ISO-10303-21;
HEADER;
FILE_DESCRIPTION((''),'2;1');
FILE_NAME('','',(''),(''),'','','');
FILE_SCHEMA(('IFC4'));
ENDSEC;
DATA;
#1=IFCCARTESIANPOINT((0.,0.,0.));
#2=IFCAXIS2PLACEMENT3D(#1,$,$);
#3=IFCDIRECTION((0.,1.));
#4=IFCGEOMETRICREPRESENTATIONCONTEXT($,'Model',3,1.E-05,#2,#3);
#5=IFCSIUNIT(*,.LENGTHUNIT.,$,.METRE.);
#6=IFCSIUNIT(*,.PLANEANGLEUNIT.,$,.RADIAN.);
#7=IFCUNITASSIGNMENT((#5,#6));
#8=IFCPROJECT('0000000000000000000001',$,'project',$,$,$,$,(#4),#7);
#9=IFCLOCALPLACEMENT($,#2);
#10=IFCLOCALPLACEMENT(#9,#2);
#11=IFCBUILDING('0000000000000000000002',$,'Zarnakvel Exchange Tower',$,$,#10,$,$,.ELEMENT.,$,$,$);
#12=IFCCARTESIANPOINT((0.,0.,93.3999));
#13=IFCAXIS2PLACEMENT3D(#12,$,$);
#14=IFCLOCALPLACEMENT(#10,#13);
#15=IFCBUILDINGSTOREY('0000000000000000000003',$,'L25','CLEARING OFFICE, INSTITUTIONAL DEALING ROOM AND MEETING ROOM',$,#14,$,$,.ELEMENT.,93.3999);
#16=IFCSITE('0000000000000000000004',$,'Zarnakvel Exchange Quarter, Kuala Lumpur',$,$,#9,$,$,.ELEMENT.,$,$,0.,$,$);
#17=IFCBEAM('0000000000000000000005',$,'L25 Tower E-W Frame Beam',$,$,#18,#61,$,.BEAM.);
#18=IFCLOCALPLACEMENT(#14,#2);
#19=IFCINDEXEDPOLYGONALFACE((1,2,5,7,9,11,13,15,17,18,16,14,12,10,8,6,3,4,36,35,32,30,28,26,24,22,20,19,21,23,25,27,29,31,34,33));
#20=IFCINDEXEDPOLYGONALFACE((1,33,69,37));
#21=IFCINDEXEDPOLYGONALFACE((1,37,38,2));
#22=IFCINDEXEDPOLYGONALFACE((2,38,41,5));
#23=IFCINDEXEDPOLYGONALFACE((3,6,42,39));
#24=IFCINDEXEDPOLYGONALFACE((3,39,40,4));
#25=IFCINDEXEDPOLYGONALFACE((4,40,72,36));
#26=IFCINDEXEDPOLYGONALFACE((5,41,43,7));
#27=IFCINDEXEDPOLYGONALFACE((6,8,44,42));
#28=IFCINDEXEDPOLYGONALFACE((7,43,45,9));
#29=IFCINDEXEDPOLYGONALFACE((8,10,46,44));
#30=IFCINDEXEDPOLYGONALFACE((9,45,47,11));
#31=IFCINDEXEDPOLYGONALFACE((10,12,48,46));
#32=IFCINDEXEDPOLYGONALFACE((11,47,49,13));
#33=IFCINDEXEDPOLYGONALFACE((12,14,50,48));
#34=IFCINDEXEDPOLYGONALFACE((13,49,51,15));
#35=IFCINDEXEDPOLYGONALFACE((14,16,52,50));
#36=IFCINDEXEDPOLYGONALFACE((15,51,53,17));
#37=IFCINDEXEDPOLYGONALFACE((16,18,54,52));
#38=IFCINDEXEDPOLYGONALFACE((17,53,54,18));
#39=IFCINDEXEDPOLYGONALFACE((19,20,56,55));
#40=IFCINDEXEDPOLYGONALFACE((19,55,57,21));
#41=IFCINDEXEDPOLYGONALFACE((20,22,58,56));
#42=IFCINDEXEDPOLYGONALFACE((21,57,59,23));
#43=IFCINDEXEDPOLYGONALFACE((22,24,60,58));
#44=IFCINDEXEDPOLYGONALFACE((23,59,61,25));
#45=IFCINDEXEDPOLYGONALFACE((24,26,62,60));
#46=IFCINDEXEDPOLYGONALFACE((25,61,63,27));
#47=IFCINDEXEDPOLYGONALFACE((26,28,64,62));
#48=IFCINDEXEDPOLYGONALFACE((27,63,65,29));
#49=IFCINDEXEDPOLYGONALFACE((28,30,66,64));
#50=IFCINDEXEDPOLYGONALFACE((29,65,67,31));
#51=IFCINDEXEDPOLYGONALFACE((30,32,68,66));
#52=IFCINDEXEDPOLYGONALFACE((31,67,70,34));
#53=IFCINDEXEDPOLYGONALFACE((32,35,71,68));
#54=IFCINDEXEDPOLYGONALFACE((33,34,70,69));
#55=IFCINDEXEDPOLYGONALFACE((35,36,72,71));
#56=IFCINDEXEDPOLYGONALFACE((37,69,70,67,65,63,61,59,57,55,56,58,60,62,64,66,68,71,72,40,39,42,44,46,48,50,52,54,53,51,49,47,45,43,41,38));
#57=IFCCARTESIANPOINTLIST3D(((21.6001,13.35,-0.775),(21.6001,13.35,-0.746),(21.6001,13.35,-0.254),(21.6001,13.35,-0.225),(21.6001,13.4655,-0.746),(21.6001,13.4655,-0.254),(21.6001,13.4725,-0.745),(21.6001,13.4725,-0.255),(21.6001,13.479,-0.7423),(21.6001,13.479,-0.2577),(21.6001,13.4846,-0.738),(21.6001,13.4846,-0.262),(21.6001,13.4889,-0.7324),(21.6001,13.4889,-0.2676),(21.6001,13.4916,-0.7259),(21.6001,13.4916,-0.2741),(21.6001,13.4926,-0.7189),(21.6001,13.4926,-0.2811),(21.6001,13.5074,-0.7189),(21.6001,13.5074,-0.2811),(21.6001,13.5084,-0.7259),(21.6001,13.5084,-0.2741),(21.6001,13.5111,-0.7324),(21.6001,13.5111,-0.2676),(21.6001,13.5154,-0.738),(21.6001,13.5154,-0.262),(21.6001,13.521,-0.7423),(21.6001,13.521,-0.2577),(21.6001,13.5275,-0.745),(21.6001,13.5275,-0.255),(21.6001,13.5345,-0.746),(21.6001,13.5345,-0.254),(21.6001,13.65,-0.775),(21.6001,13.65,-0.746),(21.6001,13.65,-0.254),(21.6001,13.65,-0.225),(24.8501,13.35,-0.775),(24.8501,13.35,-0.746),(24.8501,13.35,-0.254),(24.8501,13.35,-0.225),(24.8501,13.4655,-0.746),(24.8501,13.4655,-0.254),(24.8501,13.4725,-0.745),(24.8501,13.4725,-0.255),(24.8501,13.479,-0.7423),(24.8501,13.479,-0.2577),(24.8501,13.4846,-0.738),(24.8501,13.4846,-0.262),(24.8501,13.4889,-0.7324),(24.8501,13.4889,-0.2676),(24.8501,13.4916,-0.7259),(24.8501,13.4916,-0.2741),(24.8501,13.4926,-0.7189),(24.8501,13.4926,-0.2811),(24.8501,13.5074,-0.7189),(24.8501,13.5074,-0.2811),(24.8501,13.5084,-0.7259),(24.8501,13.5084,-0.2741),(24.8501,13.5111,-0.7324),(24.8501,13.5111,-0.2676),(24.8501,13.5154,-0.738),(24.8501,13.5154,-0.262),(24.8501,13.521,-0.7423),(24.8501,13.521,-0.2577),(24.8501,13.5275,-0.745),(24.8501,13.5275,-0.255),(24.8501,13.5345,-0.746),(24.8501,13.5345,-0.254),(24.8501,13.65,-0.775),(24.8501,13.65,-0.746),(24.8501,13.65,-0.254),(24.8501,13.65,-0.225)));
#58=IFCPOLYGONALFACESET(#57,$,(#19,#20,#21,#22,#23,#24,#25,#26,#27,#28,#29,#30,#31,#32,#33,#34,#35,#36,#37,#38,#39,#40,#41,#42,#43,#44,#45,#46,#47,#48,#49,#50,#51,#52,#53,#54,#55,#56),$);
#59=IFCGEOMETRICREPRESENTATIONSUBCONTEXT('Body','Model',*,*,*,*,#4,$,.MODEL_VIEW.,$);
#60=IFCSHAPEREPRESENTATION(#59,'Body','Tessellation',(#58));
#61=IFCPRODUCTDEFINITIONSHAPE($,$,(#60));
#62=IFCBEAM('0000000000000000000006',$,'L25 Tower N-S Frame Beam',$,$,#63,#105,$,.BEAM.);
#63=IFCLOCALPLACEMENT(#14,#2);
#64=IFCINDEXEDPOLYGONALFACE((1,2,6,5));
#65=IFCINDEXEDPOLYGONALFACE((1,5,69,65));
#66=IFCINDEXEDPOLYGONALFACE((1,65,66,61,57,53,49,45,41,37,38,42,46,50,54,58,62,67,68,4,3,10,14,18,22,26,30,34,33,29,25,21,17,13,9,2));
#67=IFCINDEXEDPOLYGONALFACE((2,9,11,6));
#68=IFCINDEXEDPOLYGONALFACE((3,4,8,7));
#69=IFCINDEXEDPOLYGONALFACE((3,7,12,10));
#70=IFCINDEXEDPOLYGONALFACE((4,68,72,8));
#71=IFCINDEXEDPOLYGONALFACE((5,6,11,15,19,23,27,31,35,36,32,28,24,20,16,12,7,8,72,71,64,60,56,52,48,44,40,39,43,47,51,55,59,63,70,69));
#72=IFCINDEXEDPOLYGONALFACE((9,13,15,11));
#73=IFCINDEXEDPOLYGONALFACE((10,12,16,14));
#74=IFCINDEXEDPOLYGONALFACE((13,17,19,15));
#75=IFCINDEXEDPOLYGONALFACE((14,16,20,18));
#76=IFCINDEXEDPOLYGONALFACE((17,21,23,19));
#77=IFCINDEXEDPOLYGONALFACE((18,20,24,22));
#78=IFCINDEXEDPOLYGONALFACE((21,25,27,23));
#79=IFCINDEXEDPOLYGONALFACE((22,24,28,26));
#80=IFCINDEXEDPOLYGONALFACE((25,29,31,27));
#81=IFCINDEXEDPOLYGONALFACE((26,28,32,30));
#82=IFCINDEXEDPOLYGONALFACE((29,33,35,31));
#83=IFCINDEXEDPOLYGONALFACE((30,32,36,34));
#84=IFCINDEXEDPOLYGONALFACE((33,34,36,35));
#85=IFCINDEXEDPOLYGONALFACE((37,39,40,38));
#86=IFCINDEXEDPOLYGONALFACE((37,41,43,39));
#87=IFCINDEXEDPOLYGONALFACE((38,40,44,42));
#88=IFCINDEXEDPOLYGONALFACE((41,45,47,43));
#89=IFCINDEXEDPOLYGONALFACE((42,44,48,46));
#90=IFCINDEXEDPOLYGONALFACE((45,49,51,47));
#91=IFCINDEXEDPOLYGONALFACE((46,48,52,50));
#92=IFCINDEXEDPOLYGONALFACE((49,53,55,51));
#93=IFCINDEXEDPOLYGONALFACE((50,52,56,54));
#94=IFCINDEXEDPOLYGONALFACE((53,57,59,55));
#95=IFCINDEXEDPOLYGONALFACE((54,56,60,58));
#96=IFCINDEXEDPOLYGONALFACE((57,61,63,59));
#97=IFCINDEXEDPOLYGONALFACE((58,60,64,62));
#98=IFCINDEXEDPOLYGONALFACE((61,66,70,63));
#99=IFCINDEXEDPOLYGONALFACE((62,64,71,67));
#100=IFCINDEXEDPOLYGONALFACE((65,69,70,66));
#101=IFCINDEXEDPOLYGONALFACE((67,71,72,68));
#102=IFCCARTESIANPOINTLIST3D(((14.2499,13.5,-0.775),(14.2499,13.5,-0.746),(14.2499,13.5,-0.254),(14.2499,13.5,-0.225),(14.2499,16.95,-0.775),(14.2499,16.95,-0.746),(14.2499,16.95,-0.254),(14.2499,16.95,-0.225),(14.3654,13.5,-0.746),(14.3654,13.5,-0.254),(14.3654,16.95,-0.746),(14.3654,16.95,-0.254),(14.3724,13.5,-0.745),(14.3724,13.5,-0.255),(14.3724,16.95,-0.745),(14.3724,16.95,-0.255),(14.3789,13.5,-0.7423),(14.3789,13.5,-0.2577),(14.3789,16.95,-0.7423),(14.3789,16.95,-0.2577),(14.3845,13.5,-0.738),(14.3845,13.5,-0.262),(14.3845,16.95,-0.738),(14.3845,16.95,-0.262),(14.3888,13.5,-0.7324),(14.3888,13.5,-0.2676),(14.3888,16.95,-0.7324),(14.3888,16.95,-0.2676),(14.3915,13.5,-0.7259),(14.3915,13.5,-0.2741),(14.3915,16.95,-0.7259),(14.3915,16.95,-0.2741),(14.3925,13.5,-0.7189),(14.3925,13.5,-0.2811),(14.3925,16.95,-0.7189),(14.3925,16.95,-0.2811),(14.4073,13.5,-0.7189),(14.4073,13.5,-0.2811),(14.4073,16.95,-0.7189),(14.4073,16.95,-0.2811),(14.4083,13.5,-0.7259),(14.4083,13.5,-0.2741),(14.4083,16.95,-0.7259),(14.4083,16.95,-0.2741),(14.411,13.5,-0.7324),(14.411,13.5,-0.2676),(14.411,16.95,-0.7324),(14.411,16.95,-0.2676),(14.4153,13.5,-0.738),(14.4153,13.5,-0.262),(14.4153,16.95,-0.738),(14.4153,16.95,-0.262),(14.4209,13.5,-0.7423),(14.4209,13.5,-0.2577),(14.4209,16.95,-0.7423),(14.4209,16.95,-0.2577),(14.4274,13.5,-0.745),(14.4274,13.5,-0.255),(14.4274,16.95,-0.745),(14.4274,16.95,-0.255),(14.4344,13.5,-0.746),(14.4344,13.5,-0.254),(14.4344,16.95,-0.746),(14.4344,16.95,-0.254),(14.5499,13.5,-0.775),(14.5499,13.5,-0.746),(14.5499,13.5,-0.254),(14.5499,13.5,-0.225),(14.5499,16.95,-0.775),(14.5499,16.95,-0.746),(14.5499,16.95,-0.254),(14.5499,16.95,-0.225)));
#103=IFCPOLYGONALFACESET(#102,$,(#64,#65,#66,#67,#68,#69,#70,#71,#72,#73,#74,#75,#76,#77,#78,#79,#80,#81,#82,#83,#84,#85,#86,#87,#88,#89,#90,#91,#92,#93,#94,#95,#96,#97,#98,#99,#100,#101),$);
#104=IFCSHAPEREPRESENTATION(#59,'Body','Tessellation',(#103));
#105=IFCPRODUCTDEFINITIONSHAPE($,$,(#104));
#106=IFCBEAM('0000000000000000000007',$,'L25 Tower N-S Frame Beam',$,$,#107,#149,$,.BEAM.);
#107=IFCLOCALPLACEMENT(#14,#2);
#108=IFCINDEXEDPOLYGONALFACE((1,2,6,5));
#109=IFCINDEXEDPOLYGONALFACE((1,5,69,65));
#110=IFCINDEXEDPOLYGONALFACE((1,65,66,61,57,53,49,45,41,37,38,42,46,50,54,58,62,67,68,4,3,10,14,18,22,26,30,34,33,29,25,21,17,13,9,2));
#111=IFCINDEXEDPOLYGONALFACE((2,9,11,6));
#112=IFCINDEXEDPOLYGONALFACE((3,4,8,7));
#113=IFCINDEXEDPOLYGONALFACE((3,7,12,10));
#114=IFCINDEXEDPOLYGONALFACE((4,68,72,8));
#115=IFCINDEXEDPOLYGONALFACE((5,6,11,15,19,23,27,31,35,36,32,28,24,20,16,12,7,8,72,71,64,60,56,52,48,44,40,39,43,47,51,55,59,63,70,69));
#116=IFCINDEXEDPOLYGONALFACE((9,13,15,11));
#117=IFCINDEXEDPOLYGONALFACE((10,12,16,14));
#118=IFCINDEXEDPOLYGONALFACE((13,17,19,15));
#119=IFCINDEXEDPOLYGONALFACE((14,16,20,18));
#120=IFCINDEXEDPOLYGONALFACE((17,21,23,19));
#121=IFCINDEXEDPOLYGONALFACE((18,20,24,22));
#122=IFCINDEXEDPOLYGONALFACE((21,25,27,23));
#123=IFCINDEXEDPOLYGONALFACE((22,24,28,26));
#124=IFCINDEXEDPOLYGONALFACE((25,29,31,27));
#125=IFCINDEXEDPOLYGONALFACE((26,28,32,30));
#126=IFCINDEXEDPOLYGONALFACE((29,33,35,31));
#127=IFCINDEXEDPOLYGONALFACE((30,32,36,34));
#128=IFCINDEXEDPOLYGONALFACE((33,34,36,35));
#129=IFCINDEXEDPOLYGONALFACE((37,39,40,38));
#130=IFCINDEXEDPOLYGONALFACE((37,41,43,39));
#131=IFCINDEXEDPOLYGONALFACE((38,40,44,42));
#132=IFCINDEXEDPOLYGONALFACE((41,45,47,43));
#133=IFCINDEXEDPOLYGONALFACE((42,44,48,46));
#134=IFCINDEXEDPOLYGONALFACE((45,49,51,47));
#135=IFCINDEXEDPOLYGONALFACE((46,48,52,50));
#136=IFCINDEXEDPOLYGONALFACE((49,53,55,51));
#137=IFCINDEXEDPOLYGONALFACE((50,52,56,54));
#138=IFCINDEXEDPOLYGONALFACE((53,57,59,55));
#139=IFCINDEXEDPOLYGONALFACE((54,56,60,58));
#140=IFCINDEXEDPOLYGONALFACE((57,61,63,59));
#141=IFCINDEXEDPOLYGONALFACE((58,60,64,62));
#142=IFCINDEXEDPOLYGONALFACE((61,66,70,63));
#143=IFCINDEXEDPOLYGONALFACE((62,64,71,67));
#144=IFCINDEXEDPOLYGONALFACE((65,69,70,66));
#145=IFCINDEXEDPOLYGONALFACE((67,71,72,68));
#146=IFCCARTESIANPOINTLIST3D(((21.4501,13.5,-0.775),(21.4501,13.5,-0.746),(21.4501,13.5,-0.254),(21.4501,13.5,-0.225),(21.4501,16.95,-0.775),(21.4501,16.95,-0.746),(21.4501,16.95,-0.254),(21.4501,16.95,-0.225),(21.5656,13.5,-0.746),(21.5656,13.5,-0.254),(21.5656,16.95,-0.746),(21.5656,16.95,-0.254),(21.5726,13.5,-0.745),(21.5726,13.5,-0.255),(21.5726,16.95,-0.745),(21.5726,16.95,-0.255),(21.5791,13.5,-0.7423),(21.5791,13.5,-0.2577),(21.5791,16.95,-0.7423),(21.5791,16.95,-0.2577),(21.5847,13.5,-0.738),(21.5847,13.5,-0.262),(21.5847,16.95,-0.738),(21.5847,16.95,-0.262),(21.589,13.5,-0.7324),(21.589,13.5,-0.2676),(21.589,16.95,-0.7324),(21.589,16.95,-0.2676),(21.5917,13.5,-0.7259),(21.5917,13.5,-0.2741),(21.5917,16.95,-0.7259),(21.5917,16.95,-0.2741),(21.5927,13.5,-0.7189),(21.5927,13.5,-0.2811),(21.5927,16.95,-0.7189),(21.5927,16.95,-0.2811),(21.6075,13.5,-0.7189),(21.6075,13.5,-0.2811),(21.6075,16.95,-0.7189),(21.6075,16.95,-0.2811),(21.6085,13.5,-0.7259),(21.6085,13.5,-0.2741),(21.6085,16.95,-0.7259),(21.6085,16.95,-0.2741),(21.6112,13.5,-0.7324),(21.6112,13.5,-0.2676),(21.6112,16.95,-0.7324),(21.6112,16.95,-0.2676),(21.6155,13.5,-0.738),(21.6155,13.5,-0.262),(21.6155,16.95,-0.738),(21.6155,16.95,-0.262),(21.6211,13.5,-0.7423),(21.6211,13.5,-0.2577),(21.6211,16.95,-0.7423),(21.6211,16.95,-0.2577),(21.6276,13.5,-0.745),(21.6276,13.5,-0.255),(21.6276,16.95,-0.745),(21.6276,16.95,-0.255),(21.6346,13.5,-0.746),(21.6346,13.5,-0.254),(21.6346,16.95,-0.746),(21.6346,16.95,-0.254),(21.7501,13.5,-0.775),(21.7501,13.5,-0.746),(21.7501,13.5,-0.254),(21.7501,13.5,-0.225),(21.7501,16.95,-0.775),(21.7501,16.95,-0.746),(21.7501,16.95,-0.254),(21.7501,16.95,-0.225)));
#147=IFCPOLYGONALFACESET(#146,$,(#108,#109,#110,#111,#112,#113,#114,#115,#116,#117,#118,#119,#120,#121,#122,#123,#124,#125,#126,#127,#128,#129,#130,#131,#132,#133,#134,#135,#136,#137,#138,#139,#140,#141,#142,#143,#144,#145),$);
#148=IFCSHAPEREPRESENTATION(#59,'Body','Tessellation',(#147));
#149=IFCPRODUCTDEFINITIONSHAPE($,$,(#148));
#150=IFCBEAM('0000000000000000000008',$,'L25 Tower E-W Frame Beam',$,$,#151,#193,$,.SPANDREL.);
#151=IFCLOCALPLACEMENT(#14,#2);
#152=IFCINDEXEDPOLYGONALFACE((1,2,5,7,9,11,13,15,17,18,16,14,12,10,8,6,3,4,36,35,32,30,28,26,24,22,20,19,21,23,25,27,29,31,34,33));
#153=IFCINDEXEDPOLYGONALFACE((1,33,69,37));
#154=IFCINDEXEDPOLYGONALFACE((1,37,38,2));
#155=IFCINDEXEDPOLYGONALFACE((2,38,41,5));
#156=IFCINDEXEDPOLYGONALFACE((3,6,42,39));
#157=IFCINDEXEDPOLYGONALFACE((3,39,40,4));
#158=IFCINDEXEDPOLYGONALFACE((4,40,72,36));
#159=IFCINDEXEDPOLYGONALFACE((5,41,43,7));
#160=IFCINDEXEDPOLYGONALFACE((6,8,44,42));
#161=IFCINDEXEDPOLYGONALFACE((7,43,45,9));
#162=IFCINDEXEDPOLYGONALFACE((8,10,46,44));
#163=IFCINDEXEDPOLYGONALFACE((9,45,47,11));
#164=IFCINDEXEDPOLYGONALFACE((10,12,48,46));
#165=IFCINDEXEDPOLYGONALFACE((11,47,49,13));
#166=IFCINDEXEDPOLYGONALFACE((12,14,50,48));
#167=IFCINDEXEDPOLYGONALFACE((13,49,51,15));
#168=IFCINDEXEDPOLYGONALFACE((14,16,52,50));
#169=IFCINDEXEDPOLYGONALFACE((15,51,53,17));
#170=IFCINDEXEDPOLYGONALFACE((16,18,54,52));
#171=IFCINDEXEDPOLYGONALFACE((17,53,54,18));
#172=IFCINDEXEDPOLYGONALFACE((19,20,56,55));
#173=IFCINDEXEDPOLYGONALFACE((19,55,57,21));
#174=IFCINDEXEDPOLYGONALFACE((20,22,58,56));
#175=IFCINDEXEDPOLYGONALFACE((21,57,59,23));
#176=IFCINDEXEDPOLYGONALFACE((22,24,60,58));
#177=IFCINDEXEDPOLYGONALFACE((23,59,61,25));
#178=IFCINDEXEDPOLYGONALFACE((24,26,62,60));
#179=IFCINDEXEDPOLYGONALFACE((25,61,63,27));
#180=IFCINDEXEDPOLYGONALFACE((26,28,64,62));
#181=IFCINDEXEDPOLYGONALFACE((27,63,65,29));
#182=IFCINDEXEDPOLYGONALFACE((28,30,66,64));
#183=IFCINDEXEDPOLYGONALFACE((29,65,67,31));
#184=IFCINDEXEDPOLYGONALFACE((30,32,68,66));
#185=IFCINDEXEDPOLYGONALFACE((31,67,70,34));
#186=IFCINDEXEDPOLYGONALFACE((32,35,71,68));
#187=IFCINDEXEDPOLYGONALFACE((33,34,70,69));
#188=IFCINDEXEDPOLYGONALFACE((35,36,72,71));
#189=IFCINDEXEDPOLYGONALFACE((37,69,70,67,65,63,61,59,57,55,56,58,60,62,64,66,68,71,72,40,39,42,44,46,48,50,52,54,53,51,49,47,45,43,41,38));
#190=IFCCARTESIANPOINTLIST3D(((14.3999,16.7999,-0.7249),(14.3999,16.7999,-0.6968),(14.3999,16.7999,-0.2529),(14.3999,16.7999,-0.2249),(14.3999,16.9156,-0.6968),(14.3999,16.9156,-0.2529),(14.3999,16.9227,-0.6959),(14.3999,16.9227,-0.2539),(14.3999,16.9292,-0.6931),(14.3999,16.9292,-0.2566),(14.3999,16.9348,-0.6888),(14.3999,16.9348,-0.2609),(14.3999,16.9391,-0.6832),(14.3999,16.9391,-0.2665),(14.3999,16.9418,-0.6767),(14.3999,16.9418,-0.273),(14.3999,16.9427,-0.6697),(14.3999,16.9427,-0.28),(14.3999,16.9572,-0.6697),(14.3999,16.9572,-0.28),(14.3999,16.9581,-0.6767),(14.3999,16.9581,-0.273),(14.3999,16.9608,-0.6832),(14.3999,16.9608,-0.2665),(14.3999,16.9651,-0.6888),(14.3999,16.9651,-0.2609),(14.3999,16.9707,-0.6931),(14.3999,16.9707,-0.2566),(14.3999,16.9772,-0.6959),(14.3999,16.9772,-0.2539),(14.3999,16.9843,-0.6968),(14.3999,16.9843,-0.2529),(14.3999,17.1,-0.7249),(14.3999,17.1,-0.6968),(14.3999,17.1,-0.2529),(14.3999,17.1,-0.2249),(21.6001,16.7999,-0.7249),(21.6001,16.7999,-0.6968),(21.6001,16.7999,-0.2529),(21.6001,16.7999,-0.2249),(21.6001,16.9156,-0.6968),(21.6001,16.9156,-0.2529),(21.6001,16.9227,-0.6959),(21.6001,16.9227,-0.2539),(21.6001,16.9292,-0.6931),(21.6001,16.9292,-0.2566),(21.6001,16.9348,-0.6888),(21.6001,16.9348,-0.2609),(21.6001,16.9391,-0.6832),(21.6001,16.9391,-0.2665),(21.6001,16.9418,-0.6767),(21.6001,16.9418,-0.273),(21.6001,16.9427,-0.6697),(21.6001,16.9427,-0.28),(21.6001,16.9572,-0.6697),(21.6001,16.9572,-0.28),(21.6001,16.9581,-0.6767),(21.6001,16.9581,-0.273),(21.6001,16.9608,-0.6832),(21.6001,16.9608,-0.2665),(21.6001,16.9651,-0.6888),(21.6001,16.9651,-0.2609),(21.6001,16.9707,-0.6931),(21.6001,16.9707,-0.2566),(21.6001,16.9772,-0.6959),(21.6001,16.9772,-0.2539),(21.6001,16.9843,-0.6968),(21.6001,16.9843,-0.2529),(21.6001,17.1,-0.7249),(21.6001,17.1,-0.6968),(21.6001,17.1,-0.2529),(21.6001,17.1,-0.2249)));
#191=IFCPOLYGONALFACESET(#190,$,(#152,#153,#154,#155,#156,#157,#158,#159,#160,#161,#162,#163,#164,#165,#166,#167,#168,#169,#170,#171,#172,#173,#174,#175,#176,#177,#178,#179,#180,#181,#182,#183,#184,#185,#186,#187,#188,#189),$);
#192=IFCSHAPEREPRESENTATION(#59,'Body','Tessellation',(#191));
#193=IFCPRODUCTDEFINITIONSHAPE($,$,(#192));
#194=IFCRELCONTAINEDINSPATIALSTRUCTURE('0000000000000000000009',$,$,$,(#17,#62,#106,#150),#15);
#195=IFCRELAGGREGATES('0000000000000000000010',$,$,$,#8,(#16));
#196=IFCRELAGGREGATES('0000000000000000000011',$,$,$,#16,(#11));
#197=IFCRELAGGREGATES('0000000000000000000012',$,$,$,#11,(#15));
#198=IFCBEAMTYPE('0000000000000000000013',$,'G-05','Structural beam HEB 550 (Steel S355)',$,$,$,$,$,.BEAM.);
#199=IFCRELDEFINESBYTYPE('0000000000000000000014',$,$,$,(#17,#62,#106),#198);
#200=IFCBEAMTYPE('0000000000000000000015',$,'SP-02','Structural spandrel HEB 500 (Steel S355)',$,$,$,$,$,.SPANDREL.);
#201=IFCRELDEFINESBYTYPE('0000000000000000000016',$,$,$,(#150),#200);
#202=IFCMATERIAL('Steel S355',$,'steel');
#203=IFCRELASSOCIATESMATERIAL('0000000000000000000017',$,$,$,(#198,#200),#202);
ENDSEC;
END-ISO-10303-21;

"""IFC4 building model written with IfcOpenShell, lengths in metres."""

from ifc_helpers import new_model, si_unit, direction, frame, origin, origin_2d, place, context, subcontext, project, spatial, i_section, extrude, material, material_profile, profile_set, type_object, element, save


model = new_model("IFC4")

# Units and contexts
model_context = context("Model", 3, precision=1e-05, world=origin(), true_north=direction((0.0, 1.0)))
body_context = subcontext(model_context, "Body", "Model", "MODEL_VIEW")
ifc_project = project(units=[si_unit("LENGTHUNIT", "METRE"), si_unit("PLANEANGLEUNIT", "RADIAN")], contexts=[model_context])

# Site, building, storey
site_placement = place(None, origin())
site = spatial("IfcSite", under=ifc_project, at=site_placement, Name="Zarnakvel Exchange Quarter, Kuala Lumpur", CompositionType="ELEMENT", RefElevation=0.0)
building_placement = place(site_placement, origin())
building = spatial("IfcBuilding", under=site, at=building_placement, Name="Zarnakvel Exchange Tower", CompositionType="ELEMENT")
storey_placement = place(building_placement, frame((0.0, 0.0, 93.3999)))
storey = spatial("IfcBuildingStorey", under=building, at=storey_placement, Name="L25", Description="CLEARING OFFICE, INSTITUTIONAL DEALING ROOM AND MEETING ROOM", CompositionType="ELEMENT", Elevation=93.3999)

# Shared definitions
ifc_material_1 = material(Name="Steel S355", Category="steel")

# Beams
ifc_material_profile_1 = material_profile(ifc_material_1, i_section(OverallWidth=0.3, OverallDepth=0.55, WebThickness=0.0149, FlangeThickness=0.0291, FilletRadius=0.0271, at=origin_2d()))
ifc_profile_set_1 = profile_set([ifc_material_profile_1], Name="Steel S355")
beam_type_1 = type_object("IfcBeamType", Name="G-05", Description="Structural beam HEB 550 (Steel S355)", PredefinedType="BEAM", material=ifc_profile_set_1)
beam_1_placement = place(storey_placement, frame((21.6001, 13.5, -0.5), z_axis=(1.0, 0.0, 0.0), x_axis=(0.0, 1.0, 0.0)))
element("IfcBeam", 1, at=beam_1_placement, inside=storey, type_object=beam_type_1, Name="L25 Tower E-W Frame Beam", PredefinedType="BEAM", context=body_context, shape_type="SweptSolid", body=[
    extrude(i_section(OverallWidth=0.3, OverallDepth=0.55, WebThickness=0.0149, FlangeThickness=0.0291, FilletRadius=0.0271, at=origin_2d()), origin(), (0.0, 0.0, 1.0), 3.25),
])
for number, where, z_axis, x_axis, name in (
    (2, (14.3999, 13.5, -0.5), (0.0, 1.0, 0.0), (-1.0, 0.0, 0.0), "L25 Tower N-S Frame Beam"),
    (3, (21.6001, 13.5, -0.5), (0.0, 1.0, 0.0), (-1.0, 0.0, 0.0), "L25 Tower N-S Frame Beam"),
):
    element("IfcBeam", number, at=place(storey_placement, frame(where, z_axis=z_axis, x_axis=x_axis)), inside=storey, type_object=beam_type_1, Name=name, PredefinedType="BEAM", context=body_context, shape_type="SweptSolid", body=[
        extrude(i_section(OverallWidth=0.3, OverallDepth=0.55, WebThickness=0.0149, FlangeThickness=0.0291, FilletRadius=0.0271, at=origin_2d()), origin(), (0.0, 0.0, 1.0), 3.45),
    ])
ifc_material_profile_2 = material_profile(ifc_material_1, i_section(OverallWidth=0.3, OverallDepth=0.5, WebThickness=0.0144, FlangeThickness=0.0281, FilletRadius=0.0271, at=origin_2d()))
ifc_profile_set_2 = profile_set([ifc_material_profile_2], Name="Steel S355")
beam_type_2 = type_object("IfcBeamType", Name="SP-02", Description="Structural spandrel HEB 500 (Steel S355)", PredefinedType="SPANDREL", material=ifc_profile_set_2)
beam_2_placement = place(storey_placement, frame((14.3999, 16.95, -0.4749), z_axis=(1.0, 0.0, 0.0), x_axis=(0.0, 1.0, 0.0)))
element("IfcBeam", 4, at=beam_2_placement, inside=storey, type_object=beam_type_2, Name="L25 Tower E-W Frame Beam", PredefinedType="SPANDREL", context=body_context, shape_type="SweptSolid", body=[
    extrude(i_section(OverallWidth=0.3, OverallDepth=0.5, WebThickness=0.0144, FlangeThickness=0.0281, FilletRadius=0.0271, at=origin_2d()), origin(), (0.0, 0.0, 1.0), 7.2002),
])

save(model, "model.ifc")
